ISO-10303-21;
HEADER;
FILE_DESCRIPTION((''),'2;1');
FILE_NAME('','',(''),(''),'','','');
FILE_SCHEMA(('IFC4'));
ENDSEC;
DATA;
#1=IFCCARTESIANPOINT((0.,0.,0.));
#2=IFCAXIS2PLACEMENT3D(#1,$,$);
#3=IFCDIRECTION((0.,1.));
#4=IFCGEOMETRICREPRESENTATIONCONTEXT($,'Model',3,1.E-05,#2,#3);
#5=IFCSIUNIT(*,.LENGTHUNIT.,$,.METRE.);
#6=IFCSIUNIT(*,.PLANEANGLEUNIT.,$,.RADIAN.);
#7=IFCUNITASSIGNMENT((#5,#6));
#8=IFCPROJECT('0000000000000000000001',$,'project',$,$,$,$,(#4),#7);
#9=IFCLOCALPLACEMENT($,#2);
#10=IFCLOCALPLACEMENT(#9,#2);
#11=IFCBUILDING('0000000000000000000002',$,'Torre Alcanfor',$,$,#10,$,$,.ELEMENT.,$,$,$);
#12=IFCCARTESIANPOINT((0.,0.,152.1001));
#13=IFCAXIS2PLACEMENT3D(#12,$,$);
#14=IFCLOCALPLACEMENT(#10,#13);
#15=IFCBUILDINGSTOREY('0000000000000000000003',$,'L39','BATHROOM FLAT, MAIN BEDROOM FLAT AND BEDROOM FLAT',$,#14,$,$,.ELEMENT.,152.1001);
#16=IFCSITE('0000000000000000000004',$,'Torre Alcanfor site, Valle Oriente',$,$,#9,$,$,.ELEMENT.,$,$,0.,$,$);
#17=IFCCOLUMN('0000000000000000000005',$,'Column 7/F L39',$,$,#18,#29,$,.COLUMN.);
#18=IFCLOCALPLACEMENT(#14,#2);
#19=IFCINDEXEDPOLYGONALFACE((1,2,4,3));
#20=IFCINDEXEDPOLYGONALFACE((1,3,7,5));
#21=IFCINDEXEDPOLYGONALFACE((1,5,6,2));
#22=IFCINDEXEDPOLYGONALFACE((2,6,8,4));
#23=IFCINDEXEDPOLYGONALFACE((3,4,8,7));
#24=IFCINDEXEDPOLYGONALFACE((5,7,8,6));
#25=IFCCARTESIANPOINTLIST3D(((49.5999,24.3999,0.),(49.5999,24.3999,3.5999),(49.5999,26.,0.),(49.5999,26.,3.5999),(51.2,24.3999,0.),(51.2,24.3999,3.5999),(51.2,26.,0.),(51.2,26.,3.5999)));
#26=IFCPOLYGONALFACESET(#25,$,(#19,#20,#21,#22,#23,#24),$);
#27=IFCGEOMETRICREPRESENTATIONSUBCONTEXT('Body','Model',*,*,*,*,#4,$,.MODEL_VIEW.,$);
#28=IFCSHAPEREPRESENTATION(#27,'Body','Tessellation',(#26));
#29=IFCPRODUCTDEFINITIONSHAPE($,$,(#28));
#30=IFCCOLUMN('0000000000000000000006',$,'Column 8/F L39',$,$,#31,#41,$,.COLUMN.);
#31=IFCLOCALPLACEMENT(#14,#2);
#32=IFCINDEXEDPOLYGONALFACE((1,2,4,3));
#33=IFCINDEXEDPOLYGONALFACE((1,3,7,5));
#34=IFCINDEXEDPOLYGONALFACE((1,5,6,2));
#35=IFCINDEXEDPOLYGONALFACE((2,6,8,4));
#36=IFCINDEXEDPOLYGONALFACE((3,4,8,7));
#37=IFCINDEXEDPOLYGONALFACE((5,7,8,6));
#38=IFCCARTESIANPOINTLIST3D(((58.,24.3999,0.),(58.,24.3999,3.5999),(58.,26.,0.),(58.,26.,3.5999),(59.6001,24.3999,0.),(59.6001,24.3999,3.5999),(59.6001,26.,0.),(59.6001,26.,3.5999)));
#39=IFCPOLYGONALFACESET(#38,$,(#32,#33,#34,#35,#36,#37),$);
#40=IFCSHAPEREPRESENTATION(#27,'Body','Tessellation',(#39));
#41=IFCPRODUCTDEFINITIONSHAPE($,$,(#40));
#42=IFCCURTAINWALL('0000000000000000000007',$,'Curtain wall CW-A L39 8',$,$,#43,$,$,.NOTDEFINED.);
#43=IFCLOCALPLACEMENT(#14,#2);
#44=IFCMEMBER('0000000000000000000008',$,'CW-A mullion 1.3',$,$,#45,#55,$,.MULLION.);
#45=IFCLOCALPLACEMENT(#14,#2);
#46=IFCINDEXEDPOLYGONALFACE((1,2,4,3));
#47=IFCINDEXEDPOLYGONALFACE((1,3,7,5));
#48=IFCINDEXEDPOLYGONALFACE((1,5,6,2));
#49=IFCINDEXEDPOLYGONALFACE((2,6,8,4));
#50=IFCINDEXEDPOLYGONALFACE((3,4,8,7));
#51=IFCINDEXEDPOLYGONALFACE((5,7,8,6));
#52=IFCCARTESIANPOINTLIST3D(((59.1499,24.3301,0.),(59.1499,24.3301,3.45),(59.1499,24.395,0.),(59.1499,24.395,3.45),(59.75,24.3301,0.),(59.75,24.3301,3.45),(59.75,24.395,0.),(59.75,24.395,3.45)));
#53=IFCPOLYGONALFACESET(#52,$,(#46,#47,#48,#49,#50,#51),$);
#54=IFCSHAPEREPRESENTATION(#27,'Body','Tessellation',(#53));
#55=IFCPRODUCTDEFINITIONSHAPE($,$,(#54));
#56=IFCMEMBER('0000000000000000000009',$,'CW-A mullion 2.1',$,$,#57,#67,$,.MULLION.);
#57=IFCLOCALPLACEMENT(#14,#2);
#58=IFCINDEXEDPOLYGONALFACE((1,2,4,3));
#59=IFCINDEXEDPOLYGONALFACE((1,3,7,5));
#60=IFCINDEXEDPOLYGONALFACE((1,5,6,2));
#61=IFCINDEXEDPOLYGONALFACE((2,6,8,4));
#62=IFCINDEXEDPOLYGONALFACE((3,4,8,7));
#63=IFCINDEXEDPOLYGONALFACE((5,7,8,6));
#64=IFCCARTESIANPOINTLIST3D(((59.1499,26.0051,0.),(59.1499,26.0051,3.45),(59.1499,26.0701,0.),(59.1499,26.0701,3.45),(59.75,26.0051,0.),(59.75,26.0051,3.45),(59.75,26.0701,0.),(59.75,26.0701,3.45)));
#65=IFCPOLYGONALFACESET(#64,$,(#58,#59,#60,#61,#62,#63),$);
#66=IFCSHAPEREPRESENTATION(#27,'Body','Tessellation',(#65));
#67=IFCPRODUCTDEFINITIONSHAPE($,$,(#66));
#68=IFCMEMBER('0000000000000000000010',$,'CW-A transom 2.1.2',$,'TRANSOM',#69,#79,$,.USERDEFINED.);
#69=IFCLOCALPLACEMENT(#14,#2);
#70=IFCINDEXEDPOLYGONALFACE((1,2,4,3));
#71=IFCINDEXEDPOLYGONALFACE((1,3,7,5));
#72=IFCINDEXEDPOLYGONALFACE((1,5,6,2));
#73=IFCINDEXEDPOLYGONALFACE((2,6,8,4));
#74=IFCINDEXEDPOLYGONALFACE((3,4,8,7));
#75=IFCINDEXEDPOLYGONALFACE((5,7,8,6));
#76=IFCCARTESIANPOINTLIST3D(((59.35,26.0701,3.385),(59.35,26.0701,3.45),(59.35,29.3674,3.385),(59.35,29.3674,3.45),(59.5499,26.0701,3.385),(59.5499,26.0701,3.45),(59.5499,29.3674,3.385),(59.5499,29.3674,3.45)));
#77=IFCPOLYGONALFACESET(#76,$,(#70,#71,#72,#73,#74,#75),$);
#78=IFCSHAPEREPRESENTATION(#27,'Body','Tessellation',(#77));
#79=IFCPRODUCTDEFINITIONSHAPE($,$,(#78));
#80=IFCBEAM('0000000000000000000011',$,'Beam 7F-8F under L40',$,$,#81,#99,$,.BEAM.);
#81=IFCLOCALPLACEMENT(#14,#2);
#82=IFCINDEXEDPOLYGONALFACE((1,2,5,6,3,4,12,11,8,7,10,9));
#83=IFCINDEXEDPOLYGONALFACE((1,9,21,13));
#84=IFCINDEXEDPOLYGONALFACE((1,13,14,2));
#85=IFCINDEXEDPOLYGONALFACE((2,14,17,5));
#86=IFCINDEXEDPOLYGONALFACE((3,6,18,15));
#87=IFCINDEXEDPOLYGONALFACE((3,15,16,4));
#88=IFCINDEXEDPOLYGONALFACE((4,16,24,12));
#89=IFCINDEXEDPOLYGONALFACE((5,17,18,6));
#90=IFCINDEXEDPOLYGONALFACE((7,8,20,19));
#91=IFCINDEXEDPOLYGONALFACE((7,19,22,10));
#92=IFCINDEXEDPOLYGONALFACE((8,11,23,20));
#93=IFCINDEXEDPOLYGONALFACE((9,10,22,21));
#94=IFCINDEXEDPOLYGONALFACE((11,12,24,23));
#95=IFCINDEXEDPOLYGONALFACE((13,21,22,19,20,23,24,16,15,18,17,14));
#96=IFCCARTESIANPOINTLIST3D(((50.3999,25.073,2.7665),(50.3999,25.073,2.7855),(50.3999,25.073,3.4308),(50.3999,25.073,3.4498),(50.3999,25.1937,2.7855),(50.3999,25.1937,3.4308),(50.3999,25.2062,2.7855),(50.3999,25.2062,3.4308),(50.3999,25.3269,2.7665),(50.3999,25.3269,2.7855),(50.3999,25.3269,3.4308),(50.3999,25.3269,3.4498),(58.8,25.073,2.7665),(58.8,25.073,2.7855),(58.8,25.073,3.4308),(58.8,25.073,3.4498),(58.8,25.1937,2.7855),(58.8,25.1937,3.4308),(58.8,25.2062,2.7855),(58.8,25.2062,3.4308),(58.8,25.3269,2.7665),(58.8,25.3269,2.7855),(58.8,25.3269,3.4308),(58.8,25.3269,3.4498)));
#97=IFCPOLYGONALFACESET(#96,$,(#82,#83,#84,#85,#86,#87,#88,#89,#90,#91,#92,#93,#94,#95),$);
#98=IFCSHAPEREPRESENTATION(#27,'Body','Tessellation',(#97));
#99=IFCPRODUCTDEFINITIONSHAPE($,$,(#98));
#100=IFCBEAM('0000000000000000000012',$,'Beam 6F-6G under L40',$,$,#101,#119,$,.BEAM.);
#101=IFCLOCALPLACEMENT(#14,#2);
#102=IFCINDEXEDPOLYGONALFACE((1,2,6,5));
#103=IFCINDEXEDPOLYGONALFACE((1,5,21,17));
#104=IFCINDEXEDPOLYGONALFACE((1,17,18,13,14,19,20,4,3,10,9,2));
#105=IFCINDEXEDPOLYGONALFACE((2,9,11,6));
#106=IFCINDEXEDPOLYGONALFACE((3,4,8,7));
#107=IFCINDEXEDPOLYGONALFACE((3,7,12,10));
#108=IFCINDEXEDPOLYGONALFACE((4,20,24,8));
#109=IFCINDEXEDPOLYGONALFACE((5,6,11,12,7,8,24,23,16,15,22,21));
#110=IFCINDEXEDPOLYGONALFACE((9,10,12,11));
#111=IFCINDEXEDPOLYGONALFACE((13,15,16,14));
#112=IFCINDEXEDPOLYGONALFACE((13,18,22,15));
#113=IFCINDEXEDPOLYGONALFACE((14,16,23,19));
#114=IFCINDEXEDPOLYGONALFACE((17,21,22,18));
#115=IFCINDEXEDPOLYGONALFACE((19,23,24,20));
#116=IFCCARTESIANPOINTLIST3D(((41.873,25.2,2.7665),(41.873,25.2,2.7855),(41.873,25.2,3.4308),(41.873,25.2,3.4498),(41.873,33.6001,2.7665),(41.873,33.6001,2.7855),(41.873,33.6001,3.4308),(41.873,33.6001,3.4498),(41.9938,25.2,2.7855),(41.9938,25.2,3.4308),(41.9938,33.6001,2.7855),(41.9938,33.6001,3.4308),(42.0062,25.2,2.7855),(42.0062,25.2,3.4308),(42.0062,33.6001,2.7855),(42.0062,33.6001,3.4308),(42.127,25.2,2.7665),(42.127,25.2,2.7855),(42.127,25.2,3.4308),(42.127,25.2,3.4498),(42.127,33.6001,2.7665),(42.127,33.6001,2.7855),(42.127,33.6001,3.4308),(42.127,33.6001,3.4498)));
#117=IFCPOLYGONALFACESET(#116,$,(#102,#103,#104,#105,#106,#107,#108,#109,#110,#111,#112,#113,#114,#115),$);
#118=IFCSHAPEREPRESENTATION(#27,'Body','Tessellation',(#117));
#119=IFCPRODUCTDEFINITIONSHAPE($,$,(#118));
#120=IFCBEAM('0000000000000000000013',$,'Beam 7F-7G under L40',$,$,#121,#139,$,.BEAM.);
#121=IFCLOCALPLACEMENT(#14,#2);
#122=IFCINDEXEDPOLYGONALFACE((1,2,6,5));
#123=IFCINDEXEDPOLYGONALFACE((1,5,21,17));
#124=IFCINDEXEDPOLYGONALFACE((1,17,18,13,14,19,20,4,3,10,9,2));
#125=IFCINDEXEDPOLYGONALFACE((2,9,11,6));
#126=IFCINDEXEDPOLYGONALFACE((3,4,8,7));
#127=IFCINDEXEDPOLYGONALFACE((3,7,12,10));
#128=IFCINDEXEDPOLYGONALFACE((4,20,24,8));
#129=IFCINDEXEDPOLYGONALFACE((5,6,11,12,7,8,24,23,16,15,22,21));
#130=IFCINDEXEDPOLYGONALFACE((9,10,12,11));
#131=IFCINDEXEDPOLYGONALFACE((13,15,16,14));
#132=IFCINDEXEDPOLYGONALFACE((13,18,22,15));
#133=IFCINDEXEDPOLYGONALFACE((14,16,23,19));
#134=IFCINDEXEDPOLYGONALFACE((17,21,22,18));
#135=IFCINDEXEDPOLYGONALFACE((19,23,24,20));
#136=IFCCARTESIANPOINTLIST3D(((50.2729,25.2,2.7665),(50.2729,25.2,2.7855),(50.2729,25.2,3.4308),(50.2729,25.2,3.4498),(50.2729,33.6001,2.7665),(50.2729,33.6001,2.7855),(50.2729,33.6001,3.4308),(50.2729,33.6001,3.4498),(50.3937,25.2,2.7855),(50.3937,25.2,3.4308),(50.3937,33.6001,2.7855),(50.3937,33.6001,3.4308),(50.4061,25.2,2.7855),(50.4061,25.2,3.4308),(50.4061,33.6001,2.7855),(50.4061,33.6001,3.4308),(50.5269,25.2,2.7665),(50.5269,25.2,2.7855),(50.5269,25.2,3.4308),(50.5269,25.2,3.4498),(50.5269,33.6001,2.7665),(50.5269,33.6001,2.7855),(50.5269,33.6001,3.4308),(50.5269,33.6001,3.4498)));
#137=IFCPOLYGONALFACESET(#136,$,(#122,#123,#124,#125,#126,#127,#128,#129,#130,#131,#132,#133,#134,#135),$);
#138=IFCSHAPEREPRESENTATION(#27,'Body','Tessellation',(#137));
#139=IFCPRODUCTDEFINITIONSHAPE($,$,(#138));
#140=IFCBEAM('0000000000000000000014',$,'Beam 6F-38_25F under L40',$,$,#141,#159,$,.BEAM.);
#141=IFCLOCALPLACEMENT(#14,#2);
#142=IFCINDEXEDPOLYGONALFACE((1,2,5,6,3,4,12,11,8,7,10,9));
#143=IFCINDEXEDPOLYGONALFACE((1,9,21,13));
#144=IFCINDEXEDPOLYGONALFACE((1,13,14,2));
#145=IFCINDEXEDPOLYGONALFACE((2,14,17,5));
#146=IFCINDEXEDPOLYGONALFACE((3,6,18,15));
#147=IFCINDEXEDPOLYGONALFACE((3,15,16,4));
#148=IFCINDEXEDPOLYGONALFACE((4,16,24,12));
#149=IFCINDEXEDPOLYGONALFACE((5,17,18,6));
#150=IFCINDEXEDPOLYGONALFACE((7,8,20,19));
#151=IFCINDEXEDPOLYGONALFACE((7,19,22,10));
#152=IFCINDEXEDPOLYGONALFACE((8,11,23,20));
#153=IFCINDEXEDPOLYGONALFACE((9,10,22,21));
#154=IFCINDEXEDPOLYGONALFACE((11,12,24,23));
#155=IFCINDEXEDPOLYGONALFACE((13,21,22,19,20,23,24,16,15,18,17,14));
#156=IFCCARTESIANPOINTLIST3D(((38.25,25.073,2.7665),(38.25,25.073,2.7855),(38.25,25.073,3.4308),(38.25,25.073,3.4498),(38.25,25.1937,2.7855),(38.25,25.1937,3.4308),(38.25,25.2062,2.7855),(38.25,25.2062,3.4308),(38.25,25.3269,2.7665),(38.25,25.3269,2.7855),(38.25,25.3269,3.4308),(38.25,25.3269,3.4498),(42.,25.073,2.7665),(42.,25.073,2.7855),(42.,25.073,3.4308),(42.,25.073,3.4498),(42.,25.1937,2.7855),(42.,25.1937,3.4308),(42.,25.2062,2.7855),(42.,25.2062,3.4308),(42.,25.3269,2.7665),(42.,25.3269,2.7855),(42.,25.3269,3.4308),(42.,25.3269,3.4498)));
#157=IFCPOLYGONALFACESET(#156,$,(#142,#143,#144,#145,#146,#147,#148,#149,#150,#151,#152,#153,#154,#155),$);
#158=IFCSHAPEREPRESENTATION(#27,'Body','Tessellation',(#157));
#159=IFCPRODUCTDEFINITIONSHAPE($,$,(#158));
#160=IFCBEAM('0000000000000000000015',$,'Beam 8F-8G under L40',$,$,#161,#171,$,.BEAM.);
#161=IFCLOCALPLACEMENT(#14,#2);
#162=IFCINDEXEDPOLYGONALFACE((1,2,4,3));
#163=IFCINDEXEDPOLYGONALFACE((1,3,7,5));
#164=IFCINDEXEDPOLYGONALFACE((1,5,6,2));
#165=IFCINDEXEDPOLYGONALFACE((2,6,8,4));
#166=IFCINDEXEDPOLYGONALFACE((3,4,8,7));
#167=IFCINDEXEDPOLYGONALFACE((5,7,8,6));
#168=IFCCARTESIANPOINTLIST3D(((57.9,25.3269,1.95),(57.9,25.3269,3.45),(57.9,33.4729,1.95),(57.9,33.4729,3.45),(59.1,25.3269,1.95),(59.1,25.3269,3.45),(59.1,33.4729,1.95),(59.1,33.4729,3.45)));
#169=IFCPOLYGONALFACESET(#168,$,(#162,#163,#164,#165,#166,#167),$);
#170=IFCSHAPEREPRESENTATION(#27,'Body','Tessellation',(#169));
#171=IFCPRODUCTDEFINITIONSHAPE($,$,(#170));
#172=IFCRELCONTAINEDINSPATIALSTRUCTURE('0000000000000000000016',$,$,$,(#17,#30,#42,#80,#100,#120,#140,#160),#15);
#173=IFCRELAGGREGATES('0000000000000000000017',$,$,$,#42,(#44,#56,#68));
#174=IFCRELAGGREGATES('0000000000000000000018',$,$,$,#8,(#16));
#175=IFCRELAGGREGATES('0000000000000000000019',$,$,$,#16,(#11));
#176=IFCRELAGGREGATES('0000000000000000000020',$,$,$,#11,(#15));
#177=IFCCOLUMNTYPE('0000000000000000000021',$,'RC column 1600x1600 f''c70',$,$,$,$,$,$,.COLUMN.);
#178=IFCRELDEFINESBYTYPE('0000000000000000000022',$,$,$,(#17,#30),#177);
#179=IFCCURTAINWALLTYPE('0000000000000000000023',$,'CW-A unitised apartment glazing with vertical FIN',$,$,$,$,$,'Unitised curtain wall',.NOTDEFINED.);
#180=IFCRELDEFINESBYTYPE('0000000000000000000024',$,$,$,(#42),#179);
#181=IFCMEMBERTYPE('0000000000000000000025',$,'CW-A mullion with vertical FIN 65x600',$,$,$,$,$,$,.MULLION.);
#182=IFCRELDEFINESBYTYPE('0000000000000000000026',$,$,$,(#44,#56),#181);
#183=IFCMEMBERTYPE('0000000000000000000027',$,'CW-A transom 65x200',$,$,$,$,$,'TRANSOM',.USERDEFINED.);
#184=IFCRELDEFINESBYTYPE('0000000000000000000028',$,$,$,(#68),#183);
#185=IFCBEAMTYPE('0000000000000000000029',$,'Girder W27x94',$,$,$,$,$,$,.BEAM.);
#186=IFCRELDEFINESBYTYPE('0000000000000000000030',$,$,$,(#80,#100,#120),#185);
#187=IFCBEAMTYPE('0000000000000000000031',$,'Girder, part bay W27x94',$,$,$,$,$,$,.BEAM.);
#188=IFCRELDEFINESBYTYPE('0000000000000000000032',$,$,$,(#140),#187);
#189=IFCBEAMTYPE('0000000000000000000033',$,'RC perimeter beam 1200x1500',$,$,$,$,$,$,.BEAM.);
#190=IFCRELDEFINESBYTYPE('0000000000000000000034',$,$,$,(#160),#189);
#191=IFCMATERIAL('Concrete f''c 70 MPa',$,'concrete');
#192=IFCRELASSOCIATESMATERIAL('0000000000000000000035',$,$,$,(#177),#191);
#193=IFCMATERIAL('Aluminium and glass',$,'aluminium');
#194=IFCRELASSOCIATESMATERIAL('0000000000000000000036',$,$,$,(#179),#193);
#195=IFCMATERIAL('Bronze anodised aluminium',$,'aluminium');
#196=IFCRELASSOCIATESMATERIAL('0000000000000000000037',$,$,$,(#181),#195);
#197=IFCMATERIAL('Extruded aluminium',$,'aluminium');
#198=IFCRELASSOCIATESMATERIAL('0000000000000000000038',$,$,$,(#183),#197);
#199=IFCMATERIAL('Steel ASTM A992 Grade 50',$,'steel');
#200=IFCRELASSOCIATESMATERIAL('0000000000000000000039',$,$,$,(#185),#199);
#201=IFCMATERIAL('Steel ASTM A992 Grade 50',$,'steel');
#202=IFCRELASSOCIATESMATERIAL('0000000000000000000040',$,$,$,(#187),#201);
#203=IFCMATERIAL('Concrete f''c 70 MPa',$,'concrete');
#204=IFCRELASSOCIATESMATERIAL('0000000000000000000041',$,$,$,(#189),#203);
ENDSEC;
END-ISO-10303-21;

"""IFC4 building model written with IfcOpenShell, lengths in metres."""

from ifc_helpers import new_model, si_unit, direction, frame, origin, origin_2d, place, context, subcontext, project, spatial, rectangle, i_section, extrude, material, material_profile, profile_set, type_object, element, aggregate, save


model = new_model("IFC4")

# Units and contexts
model_context = context("Model", 3, precision=1e-05, world=origin(), true_north=direction((0.0, 1.0)))
body_context = subcontext(model_context, "Body", "Model", "MODEL_VIEW")
ifc_project = project(units=[si_unit("LENGTHUNIT", "METRE"), si_unit("PLANEANGLEUNIT", "RADIAN")], contexts=[model_context])

# Site, building, storey
site_placement = place(None, origin())
site = spatial("IfcSite", under=ifc_project, at=site_placement, Name="Torre Alcanfor site, Valle Oriente", CompositionType="ELEMENT", RefElevation=0.0)
building_placement = place(site_placement, origin())
building = spatial("IfcBuilding", under=site, at=building_placement, Name="Torre Alcanfor", CompositionType="ELEMENT")
storey_placement = place(building_placement, frame((0.0, 0.0, 152.1001)))
storey = spatial("IfcBuildingStorey", under=building, at=storey_placement, Name="L39", Description="BATHROOM FLAT, MAIN BEDROOM FLAT AND BEDROOM FLAT", CompositionType="ELEMENT", Elevation=152.1001)

# Columns
ifc_material_1 = material(Name="Concrete f'c 70 MPa", Category="concrete")
ifc_material_profile_1 = material_profile(ifc_material_1, rectangle(XDim=1.6001, YDim=1.6001, at=origin_2d()), Name="1600x1600")
ifc_profile_set_1 = profile_set([ifc_material_profile_1], Name="Concrete f'c 70 MPa")
column_type = type_object("IfcColumnType", Name="RC column 1600x1600 f'c70", PredefinedType="COLUMN", material=ifc_profile_set_1)
for number, where, z_axis, x_axis, name in (
    (1, (50.3999, 25.2, 0.0), (0.0, 0.0, 1.0), (1.0, 0.0, 0.0), "Column 7/F L39"),
    (2, (58.8, 25.2, 0.0), (0.0, 0.0, 1.0), (1.0, 0.0, 0.0), "Column 8/F L39"),
):
    element("IfcColumn", number, at=place(storey_placement, frame(where, z_axis=z_axis, x_axis=x_axis)), inside=storey, type_object=column_type, Name=name, PredefinedType="COLUMN", context=body_context, shape_type="SweptSolid", body=[
        extrude(rectangle(XDim=1.6001, YDim=1.6001, at=origin_2d()), origin(), (0.0, 0.0, 1.0), 3.5999),
    ])

# Curtain wall, members
ifc_material_2 = material(Name="Aluminium and glass", Category="aluminium")
curtain_wall_type = type_object("IfcCurtainWallType", Name="CW-A unitised apartment glazing with vertical FIN", ElementType="Unitised curtain wall", PredefinedType="NOTDEFINED", material=ifc_material_2)
curtain_wall_placement = place(storey_placement, origin())
curtain_wall = element("IfcCurtainWall", 3, at=curtain_wall_placement, inside=storey, type_object=curtain_wall_type, Name="Curtain wall CW-A L39 8", PredefinedType="NOTDEFINED")
ifc_material_3 = material(Name="Bronze anodised aluminium", Category="aluminium")
ifc_material_profile_2 = material_profile(ifc_material_3, rectangle(XDim=0.6001, YDim=0.0649, at=origin_2d()), Name="CW-A mullion 65x600")
ifc_profile_set_2 = profile_set([ifc_material_profile_2], Name="Bronze anodised aluminium")
member_type_1 = type_object("IfcMemberType", Name="CW-A mullion with vertical FIN 65x600", PredefinedType="MULLION", material=ifc_profile_set_2)
member_1_placement = place(storey_placement, frame((59.45, 24.3625, 0.0), z_axis=(0.0, 0.0, 1.0), x_axis=(-1.0, 0.0, 0.0)))
member_1 = element("IfcMember", 4, at=member_1_placement, type_object=member_type_1, Name="CW-A mullion 1.3", PredefinedType="MULLION", context=body_context, shape_type="SweptSolid", body=[
    extrude(rectangle(XDim=0.6001, YDim=0.0649, at=origin_2d()), origin(), (0.0, 0.0, 1.0), 3.45),
])
member_2_placement = place(storey_placement, frame((59.45, 26.0376, 0.0), z_axis=(0.0, 0.0, 1.0), x_axis=(-1.0, 0.0, 0.0)))
member_2 = element("IfcMember", 5, at=member_2_placement, type_object=member_type_1, Name="CW-A mullion 2.1", PredefinedType="MULLION", context=body_context, shape_type="SweptSolid", body=[
    extrude(rectangle(XDim=0.6001, YDim=0.0649, at=origin_2d()), origin(), (0.0, 0.0, 1.0), 3.45),
])
ifc_material_4 = material(Name="Extruded aluminium", Category="aluminium")
ifc_material_profile_3 = material_profile(ifc_material_4, rectangle(XDim=0.2, YDim=0.0649, at=origin_2d()), Name="CW-A transom 200x65")
ifc_profile_set_3 = profile_set([ifc_material_profile_3], Name="Extruded aluminium")
member_type_2 = type_object("IfcMemberType", Name="CW-A transom 65x200", ElementType="TRANSOM", PredefinedType="USERDEFINED", material=ifc_profile_set_3)
member_3_placement = place(storey_placement, frame((59.45, 26.0701, 3.4175), z_axis=(0.0, 1.0, 0.0), x_axis=(-1.0, 0.0, 0.0)))
member_3 = element("IfcMember", 6, at=member_3_placement, type_object=member_type_2, Name="CW-A transom 2.1.2", ObjectType="TRANSOM", PredefinedType="USERDEFINED", context=body_context, shape_type="SweptSolid", body=[
    extrude(rectangle(XDim=0.2, YDim=0.0649, at=origin_2d()), origin(), (0.0, 0.0, 1.0), 3.2974),
])

# Beams
ifc_material_5 = material(Name="Steel ASTM A992 Grade 50", Category="steel")
ifc_material_profile_4 = material_profile(ifc_material_5, i_section(OverallWidth=0.2539, OverallDepth=0.6833, WebThickness=0.0125, FlangeThickness=0.019, at=origin_2d()), Name="W27x94")
ifc_profile_set_4 = profile_set([ifc_material_profile_4], Name="Steel ASTM A992 Grade 50")
beam_type_1 = type_object("IfcBeamType", Name="Girder W27x94", PredefinedType="BEAM", material=ifc_profile_set_4)
for number, where, z_axis, x_axis, name in (
    (7, (50.3999, 25.2, 3.1082), (1.0, 0.0, 0.0), (0.0, 1.0, 0.0), "Beam 7F-8F under L40"),
    (8, (42.0, 25.2, 3.1082), (0.0, 1.0, 0.0), (-1.0, 0.0, 0.0), "Beam 6F-6G under L40"),
    (9, (50.3999, 25.2, 3.1082), (0.0, 1.0, 0.0), (-1.0, 0.0, 0.0), "Beam 7F-7G under L40"),
):
    element("IfcBeam", number, at=place(storey_placement, frame(where, z_axis=z_axis, x_axis=x_axis)), inside=storey, type_object=beam_type_1, Name=name, PredefinedType="BEAM", context=body_context, shape_type="SweptSolid", body=[
        extrude(i_section(OverallWidth=0.2539, OverallDepth=0.6833, WebThickness=0.0125, FlangeThickness=0.019, at=origin_2d()), origin(), (0.0, 0.0, 1.0), 8.4001),
    ])
ifc_material_6 = material(Name="Steel ASTM A992 Grade 50", Category="steel")
ifc_material_profile_5 = material_profile(ifc_material_6, i_section(OverallWidth=0.2539, OverallDepth=0.6833, WebThickness=0.0125, FlangeThickness=0.019, at=origin_2d()), Name="W27x94")
ifc_profile_set_5 = profile_set([ifc_material_profile_5], Name="Steel ASTM A992 Grade 50")
beam_type_2 = type_object("IfcBeamType", Name="Girder, part bay W27x94", PredefinedType="BEAM", material=ifc_profile_set_5)
beam_1_placement = place(storey_placement, frame((42.0, 25.2, 3.1082), z_axis=(-1.0, 0.0, 0.0), x_axis=(0.0, -1.0, 0.0)))
element("IfcBeam", 10, at=beam_1_placement, inside=storey, type_object=beam_type_2, Name="Beam 6F-38_25F under L40", PredefinedType="BEAM", context=body_context, shape_type="SweptSolid", body=[
    extrude(i_section(OverallWidth=0.2539, OverallDepth=0.6833, WebThickness=0.0125, FlangeThickness=0.019, at=origin_2d()), origin(), (0.0, 0.0, 1.0), 3.75),
])
ifc_material_7 = material(Name="Concrete f'c 70 MPa", Category="concrete")
ifc_material_profile_6 = material_profile(ifc_material_7, rectangle(XDim=1.2, YDim=1.5, at=origin_2d()), Name="1200x1500")
ifc_profile_set_6 = profile_set([ifc_material_profile_6], Name="Concrete f'c 70 MPa")
beam_type_3 = type_object("IfcBeamType", Name="RC perimeter beam 1200x1500", PredefinedType="BEAM", material=ifc_profile_set_6)
beam_2_placement = place(storey_placement, frame((58.5, 25.3269, 2.7), z_axis=(0.0, 1.0, 0.0), x_axis=(-1.0, 0.0, 0.0)))
element("IfcBeam", 11, at=beam_2_placement, inside=storey, type_object=beam_type_3, Name="Beam 8F-8G under L40", PredefinedType="BEAM", context=body_context, shape_type="SweptSolid", body=[
    extrude(rectangle(XDim=1.2, YDim=1.5, at=origin_2d()), origin(), (0.0, 0.0, 1.0), 8.146),
])

aggregate(curtain_wall, [member_1, member_2, member_3])

save(model, "model.ifc")
